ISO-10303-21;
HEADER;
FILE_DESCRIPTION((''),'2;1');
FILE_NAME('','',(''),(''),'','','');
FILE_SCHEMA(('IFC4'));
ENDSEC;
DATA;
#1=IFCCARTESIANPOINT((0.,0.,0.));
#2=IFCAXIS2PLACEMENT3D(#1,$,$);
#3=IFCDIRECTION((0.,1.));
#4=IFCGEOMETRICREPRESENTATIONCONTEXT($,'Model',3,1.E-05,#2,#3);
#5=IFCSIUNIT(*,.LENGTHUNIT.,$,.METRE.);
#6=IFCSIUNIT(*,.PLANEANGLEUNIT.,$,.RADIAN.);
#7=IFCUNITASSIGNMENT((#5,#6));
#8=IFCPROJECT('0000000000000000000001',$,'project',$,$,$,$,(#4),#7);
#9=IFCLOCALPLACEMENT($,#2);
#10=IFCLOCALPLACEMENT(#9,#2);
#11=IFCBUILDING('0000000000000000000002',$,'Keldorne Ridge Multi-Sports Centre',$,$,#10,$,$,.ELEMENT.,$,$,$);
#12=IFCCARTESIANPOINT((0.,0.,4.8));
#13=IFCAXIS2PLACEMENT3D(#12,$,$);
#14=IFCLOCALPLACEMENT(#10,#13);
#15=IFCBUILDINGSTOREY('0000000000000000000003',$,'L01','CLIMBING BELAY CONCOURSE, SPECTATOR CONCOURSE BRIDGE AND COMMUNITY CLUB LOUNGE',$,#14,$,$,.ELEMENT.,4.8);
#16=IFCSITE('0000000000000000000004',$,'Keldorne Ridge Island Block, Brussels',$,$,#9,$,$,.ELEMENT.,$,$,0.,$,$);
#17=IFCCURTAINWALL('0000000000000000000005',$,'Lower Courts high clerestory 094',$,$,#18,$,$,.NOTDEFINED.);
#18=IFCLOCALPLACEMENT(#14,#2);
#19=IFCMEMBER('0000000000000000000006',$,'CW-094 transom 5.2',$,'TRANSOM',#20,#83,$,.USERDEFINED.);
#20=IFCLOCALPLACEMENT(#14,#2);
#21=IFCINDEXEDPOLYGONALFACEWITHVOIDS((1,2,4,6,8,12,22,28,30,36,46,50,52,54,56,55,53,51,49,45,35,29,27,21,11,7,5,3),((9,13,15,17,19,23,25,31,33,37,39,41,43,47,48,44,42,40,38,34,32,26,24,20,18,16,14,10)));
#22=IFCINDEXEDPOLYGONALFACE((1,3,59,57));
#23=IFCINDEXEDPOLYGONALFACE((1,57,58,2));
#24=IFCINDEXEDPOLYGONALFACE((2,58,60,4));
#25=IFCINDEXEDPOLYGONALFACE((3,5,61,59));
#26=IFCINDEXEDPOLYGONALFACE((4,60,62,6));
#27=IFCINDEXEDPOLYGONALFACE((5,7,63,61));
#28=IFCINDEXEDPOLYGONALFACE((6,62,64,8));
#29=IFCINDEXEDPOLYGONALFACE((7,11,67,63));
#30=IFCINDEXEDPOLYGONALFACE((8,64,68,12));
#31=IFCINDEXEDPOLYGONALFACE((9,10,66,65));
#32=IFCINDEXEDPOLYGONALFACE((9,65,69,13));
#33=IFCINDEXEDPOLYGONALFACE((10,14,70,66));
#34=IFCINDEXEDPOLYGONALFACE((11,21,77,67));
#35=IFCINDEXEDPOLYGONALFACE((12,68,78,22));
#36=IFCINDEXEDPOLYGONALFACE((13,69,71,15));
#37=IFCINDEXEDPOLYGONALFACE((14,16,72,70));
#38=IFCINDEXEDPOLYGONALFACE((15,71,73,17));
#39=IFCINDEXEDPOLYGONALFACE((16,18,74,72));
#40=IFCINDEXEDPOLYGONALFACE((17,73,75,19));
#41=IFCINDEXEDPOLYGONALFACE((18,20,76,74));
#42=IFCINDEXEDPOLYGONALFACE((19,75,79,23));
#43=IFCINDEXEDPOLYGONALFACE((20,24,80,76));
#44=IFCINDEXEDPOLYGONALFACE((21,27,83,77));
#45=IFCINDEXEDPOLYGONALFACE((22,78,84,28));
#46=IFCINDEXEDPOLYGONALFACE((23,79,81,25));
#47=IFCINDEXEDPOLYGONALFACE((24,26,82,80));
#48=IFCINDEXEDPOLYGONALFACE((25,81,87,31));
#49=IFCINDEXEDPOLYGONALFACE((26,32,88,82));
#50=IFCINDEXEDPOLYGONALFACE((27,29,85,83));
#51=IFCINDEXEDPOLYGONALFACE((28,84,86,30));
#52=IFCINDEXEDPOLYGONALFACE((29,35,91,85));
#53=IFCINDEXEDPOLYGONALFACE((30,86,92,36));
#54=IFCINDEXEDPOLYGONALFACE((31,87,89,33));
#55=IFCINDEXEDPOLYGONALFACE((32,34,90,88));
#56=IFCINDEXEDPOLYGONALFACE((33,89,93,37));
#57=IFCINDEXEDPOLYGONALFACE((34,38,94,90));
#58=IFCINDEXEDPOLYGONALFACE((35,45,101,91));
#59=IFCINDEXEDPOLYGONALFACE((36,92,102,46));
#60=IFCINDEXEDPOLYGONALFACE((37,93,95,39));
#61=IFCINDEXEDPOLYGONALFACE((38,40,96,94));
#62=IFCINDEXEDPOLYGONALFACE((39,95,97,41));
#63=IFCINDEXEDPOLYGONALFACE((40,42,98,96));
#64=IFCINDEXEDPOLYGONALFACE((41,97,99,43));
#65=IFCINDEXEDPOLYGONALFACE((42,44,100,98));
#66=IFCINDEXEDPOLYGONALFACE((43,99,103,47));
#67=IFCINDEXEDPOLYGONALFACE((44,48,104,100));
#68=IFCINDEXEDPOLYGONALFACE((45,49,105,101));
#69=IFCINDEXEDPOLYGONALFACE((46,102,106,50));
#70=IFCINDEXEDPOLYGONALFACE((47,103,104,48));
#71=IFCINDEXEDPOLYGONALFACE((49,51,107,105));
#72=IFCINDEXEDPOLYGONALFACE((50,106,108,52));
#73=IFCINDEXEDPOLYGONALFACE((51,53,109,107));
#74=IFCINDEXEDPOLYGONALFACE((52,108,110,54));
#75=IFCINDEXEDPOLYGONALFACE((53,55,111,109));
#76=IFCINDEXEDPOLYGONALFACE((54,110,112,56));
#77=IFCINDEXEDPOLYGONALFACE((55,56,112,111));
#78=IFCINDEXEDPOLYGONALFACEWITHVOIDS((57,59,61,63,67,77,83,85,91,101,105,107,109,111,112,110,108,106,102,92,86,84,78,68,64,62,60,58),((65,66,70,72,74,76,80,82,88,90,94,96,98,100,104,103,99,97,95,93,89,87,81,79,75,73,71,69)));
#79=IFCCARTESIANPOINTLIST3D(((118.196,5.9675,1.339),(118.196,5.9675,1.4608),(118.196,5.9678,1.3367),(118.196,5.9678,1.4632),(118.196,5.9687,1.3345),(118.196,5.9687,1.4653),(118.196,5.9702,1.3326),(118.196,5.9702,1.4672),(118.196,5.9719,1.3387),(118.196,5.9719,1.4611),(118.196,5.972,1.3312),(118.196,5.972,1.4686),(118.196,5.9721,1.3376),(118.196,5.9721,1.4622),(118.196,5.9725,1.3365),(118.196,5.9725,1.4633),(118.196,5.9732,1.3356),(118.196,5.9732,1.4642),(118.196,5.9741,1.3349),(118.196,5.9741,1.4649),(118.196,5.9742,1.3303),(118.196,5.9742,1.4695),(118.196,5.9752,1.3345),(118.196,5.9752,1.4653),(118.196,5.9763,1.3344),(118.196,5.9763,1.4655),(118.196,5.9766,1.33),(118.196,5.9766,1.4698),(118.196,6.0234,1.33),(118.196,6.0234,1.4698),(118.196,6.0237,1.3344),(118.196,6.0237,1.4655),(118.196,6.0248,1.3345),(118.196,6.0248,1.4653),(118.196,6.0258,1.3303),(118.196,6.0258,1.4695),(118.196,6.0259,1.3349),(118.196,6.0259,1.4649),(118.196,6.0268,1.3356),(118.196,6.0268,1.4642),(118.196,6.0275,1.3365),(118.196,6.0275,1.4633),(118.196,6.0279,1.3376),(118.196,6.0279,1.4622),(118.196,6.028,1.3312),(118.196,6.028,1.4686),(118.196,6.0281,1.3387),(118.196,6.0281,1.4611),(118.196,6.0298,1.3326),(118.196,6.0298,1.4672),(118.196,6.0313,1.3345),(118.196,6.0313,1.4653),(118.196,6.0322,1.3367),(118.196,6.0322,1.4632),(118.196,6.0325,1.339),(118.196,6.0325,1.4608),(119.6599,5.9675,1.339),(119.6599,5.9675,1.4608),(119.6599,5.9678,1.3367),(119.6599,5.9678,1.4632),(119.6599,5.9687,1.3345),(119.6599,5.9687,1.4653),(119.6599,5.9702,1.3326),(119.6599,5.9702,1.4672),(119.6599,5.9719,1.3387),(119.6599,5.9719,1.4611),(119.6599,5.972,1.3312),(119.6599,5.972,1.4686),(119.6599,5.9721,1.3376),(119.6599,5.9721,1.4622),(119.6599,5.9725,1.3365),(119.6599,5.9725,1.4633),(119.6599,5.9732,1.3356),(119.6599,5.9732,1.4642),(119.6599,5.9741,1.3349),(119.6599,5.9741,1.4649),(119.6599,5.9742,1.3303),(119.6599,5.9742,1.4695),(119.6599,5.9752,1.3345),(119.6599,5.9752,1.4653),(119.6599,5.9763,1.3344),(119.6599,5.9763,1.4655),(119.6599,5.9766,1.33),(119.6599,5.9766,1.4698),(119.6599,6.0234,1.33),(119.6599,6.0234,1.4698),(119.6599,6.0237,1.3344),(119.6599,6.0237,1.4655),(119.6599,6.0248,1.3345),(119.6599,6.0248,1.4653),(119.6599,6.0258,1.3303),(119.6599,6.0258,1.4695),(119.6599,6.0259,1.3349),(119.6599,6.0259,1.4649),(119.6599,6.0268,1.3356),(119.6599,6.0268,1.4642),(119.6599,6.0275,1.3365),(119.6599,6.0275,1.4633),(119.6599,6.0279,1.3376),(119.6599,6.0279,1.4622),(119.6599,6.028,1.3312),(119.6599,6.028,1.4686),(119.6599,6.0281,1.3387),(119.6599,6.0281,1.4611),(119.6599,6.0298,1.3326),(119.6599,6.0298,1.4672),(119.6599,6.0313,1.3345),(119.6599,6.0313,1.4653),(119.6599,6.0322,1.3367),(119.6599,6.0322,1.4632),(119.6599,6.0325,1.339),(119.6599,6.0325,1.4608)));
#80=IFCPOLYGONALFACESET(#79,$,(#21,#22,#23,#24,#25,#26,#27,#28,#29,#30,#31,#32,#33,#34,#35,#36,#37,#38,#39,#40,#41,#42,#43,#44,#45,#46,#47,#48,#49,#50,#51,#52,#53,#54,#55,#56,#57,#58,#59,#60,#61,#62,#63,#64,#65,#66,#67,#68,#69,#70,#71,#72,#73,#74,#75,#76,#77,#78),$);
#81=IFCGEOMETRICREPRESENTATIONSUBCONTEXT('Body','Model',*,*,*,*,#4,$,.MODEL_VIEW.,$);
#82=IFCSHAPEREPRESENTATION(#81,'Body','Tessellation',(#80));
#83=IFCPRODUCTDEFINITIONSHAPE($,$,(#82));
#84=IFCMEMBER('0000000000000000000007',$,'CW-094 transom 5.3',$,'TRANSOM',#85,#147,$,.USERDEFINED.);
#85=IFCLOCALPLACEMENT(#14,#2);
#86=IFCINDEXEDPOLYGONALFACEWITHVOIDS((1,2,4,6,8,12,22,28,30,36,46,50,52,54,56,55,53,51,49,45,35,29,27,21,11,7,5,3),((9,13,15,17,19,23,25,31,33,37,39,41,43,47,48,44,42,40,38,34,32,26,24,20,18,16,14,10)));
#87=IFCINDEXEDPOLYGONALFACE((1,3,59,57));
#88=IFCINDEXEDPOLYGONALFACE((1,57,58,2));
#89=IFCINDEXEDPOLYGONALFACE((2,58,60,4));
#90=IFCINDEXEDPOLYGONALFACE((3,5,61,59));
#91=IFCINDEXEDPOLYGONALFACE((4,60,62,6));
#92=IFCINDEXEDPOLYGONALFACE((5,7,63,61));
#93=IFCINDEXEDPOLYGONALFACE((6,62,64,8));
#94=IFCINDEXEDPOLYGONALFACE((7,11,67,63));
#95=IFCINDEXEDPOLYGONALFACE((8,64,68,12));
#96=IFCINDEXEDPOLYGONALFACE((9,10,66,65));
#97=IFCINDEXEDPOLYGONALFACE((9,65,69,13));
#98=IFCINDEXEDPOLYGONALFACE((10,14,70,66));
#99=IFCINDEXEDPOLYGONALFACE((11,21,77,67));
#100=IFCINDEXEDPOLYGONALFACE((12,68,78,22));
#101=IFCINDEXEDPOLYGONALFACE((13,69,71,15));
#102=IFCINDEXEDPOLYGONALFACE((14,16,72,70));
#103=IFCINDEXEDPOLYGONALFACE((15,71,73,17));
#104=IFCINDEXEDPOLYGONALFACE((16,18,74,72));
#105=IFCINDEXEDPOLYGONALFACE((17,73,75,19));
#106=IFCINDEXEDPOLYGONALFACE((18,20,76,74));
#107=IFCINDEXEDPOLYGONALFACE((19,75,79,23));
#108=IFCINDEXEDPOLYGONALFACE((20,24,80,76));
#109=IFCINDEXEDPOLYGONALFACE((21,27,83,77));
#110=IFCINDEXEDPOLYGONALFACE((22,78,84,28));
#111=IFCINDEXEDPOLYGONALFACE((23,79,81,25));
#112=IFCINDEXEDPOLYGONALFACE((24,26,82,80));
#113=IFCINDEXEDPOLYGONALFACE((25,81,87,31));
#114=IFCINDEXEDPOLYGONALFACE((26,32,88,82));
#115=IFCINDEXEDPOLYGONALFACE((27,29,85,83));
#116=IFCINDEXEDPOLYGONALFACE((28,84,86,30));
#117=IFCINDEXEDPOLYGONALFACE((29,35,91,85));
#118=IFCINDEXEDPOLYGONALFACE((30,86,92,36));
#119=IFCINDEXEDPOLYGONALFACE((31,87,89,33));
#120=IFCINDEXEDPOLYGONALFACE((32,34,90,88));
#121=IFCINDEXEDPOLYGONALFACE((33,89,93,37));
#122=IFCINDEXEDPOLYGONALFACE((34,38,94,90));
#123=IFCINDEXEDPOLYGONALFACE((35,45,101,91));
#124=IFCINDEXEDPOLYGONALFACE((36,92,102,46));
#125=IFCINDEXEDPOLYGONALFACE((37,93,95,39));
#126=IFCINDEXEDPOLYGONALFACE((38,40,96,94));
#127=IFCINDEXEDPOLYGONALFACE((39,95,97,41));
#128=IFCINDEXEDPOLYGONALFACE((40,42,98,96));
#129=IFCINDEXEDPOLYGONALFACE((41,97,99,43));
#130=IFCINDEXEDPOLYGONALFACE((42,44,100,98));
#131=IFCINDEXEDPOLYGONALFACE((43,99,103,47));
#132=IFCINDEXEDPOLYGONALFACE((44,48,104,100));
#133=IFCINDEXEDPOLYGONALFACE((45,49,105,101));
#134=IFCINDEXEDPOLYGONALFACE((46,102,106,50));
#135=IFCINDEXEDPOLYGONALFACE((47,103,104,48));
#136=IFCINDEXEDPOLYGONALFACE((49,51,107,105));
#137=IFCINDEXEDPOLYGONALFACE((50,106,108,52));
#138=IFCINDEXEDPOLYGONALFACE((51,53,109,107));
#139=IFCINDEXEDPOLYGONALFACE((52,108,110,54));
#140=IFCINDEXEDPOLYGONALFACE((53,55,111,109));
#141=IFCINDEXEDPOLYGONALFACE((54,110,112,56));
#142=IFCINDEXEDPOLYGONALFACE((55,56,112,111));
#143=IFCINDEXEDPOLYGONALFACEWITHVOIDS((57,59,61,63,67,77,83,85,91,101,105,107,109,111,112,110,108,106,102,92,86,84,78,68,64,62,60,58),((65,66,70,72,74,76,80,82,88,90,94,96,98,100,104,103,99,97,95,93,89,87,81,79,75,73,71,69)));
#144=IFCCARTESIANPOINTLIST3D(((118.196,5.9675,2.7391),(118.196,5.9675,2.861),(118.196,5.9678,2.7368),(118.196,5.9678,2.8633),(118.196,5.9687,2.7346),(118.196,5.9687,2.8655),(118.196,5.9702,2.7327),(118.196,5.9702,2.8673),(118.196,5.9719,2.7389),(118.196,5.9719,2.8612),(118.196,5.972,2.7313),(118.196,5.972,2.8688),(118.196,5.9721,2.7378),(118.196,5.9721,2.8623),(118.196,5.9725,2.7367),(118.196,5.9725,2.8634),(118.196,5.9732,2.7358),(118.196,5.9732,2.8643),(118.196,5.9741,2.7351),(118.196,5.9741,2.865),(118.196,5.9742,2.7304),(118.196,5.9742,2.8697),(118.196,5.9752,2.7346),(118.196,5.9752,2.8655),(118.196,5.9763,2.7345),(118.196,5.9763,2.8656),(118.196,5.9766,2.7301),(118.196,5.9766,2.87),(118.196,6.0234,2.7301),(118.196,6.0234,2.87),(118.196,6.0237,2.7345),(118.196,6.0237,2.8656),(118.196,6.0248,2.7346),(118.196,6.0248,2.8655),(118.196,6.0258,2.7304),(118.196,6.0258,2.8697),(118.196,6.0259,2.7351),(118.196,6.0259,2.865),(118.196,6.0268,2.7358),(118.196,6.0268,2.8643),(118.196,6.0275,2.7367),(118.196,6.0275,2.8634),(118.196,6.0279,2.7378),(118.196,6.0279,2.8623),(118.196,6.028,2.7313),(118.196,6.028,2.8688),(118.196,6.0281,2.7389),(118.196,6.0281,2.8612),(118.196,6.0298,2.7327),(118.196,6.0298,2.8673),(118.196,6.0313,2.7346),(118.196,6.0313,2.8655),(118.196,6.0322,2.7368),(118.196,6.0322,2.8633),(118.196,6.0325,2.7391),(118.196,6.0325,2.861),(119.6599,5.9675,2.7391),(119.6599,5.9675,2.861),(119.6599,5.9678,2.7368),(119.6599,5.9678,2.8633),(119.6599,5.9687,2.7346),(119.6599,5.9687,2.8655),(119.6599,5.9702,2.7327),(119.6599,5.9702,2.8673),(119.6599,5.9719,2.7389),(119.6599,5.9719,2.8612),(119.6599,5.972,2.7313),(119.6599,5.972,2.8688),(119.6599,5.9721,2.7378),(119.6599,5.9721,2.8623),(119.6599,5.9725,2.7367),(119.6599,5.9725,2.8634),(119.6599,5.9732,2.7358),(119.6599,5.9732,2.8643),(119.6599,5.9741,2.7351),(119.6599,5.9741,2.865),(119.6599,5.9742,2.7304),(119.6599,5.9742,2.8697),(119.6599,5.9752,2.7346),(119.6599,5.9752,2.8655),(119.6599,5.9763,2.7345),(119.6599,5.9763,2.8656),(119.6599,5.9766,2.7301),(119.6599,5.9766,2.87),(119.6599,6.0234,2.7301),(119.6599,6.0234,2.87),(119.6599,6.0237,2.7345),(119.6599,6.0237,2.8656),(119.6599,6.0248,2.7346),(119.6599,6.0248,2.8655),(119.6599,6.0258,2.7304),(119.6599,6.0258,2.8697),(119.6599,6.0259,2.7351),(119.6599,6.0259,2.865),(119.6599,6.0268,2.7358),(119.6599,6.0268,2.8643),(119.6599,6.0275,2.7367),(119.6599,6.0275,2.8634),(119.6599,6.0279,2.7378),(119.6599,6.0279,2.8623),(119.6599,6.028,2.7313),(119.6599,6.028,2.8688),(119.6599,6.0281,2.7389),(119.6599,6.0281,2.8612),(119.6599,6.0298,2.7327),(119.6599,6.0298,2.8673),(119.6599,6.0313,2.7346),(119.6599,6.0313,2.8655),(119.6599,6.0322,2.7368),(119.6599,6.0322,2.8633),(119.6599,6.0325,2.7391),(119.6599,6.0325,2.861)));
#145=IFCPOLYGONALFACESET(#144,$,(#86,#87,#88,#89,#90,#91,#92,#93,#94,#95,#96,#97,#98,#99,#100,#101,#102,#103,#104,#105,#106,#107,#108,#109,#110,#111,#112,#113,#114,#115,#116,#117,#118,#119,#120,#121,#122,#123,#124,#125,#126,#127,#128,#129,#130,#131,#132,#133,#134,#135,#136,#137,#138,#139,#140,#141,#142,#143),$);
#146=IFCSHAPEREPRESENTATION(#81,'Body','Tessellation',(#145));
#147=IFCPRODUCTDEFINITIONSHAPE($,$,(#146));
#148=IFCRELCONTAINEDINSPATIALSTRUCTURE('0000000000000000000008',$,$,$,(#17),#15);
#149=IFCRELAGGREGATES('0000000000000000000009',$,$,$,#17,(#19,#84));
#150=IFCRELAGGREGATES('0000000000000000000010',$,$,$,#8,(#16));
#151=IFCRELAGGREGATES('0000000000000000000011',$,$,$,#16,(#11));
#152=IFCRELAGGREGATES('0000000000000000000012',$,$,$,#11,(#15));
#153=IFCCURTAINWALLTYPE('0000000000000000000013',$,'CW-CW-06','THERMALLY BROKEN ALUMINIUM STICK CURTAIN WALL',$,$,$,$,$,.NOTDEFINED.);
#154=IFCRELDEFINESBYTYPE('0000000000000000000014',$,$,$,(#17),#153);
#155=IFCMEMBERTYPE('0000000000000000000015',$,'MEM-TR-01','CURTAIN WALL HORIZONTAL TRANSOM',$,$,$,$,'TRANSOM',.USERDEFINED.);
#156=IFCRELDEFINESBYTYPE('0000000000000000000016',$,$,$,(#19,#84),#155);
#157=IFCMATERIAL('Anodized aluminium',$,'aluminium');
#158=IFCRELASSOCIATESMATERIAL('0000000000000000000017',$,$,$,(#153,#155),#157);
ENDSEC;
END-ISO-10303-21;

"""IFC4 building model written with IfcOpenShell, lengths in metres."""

from ifc_helpers import new_model, si_unit, direction, frame, origin, origin_2d, place, context, subcontext, project, spatial, hollow_rectangle, extrude, material, material_profile, profile_set, type_object, element, aggregate, save


model = new_model("IFC4")

# Units and contexts
model_context = context("Model", 3, precision=1e-05, world=origin(), true_north=direction((0.0, 1.0)))
body_context = subcontext(model_context, "Body", "Model", "MODEL_VIEW")
ifc_project = project(units=[si_unit("LENGTHUNIT", "METRE"), si_unit("PLANEANGLEUNIT", "RADIAN")], contexts=[model_context])

# Site, building, storey
site_placement = place(None, origin())
site = spatial("IfcSite", under=ifc_project, at=site_placement, Name="Keldorne Ridge Island Block, Brussels", CompositionType="ELEMENT", RefElevation=0.0)
building_placement = place(site_placement, origin())
building = spatial("IfcBuilding", under=site, at=building_placement, Name="Keldorne Ridge Multi-Sports Centre", CompositionType="ELEMENT")
storey_placement = place(building_placement, frame((0.0, 0.0, 4.8)))
storey = spatial("IfcBuildingStorey", under=building, at=storey_placement, Name="L01", Description="CLIMBING BELAY CONCOURSE, SPECTATOR CONCOURSE BRIDGE AND COMMUNITY CLUB LOUNGE", CompositionType="ELEMENT", Elevation=4.8)

# Curtain wall
ifc_material_1 = material(Name="Anodized aluminium", Category="aluminium")
curtain_wall_type = type_object("IfcCurtainWallType", Name="CW-CW-06", Description="THERMALLY BROKEN ALUMINIUM STICK CURTAIN WALL", PredefinedType="NOTDEFINED", material=ifc_material_1)
curtain_wall_placement = place(storey_placement, origin())
curtain_wall = element("IfcCurtainWall", 1, at=curtain_wall_placement, inside=storey, type_object=curtain_wall_type, Name="Lower Courts high clerestory 094", PredefinedType="NOTDEFINED")

# Members
ifc_material_profile_1 = material_profile(ifc_material_1, hollow_rectangle(XDim=0.0649, YDim=0.1399, WallThickness=0.0044, InnerFilletRadius=0.0044, OuterFilletRadius=0.009, at=origin_2d()), Name="ALU TRANSOM 140x65x4.5")
ifc_profile_set_1 = profile_set([ifc_material_profile_1], Name="Anodized aluminium")
member_type_1 = type_object("IfcMemberType", Name="MEM-TR-01", Description="CURTAIN WALL HORIZONTAL TRANSOM", ElementType="TRANSOM", PredefinedType="USERDEFINED", material=ifc_profile_set_1)
member_1_placement = place(storey_placement, frame((118.196, 6.0, 1.3999), z_axis=(1.0, 0.0, 0.0), x_axis=(0.0, 1.0, 0.0)))
member_1 = element("IfcMember", 2, at=member_1_placement, type_object=member_type_1, Name="CW-094 transom 5.2", ObjectType="TRANSOM", PredefinedType="USERDEFINED", context=body_context, shape_type="SweptSolid", body=[
    extrude(hollow_rectangle(XDim=0.0649, YDim=0.1399, WallThickness=0.0044, InnerFilletRadius=0.0044, OuterFilletRadius=0.009, at=origin_2d()), origin(), (0.0, 0.0, 1.0), 1.4639),
])
member_2_placement = place(storey_placement, frame((118.196, 6.0, 2.8), z_axis=(1.0, 0.0, 0.0), x_axis=(0.0, 1.0, 0.0)))
member_2 = element("IfcMember", 3, at=member_2_placement, type_object=member_type_1, Name="CW-094 transom 5.3", ObjectType="TRANSOM", PredefinedType="USERDEFINED", context=body_context, shape_type="SweptSolid", body=[
    extrude(hollow_rectangle(XDim=0.0649, YDim=0.1399, WallThickness=0.0044, InnerFilletRadius=0.0044, OuterFilletRadius=0.009, at=origin_2d()), origin(), (0.0, 0.0, 1.0), 1.4639),
])

aggregate(curtain_wall, [member_1, member_2])

save(model, "model.ifc")
